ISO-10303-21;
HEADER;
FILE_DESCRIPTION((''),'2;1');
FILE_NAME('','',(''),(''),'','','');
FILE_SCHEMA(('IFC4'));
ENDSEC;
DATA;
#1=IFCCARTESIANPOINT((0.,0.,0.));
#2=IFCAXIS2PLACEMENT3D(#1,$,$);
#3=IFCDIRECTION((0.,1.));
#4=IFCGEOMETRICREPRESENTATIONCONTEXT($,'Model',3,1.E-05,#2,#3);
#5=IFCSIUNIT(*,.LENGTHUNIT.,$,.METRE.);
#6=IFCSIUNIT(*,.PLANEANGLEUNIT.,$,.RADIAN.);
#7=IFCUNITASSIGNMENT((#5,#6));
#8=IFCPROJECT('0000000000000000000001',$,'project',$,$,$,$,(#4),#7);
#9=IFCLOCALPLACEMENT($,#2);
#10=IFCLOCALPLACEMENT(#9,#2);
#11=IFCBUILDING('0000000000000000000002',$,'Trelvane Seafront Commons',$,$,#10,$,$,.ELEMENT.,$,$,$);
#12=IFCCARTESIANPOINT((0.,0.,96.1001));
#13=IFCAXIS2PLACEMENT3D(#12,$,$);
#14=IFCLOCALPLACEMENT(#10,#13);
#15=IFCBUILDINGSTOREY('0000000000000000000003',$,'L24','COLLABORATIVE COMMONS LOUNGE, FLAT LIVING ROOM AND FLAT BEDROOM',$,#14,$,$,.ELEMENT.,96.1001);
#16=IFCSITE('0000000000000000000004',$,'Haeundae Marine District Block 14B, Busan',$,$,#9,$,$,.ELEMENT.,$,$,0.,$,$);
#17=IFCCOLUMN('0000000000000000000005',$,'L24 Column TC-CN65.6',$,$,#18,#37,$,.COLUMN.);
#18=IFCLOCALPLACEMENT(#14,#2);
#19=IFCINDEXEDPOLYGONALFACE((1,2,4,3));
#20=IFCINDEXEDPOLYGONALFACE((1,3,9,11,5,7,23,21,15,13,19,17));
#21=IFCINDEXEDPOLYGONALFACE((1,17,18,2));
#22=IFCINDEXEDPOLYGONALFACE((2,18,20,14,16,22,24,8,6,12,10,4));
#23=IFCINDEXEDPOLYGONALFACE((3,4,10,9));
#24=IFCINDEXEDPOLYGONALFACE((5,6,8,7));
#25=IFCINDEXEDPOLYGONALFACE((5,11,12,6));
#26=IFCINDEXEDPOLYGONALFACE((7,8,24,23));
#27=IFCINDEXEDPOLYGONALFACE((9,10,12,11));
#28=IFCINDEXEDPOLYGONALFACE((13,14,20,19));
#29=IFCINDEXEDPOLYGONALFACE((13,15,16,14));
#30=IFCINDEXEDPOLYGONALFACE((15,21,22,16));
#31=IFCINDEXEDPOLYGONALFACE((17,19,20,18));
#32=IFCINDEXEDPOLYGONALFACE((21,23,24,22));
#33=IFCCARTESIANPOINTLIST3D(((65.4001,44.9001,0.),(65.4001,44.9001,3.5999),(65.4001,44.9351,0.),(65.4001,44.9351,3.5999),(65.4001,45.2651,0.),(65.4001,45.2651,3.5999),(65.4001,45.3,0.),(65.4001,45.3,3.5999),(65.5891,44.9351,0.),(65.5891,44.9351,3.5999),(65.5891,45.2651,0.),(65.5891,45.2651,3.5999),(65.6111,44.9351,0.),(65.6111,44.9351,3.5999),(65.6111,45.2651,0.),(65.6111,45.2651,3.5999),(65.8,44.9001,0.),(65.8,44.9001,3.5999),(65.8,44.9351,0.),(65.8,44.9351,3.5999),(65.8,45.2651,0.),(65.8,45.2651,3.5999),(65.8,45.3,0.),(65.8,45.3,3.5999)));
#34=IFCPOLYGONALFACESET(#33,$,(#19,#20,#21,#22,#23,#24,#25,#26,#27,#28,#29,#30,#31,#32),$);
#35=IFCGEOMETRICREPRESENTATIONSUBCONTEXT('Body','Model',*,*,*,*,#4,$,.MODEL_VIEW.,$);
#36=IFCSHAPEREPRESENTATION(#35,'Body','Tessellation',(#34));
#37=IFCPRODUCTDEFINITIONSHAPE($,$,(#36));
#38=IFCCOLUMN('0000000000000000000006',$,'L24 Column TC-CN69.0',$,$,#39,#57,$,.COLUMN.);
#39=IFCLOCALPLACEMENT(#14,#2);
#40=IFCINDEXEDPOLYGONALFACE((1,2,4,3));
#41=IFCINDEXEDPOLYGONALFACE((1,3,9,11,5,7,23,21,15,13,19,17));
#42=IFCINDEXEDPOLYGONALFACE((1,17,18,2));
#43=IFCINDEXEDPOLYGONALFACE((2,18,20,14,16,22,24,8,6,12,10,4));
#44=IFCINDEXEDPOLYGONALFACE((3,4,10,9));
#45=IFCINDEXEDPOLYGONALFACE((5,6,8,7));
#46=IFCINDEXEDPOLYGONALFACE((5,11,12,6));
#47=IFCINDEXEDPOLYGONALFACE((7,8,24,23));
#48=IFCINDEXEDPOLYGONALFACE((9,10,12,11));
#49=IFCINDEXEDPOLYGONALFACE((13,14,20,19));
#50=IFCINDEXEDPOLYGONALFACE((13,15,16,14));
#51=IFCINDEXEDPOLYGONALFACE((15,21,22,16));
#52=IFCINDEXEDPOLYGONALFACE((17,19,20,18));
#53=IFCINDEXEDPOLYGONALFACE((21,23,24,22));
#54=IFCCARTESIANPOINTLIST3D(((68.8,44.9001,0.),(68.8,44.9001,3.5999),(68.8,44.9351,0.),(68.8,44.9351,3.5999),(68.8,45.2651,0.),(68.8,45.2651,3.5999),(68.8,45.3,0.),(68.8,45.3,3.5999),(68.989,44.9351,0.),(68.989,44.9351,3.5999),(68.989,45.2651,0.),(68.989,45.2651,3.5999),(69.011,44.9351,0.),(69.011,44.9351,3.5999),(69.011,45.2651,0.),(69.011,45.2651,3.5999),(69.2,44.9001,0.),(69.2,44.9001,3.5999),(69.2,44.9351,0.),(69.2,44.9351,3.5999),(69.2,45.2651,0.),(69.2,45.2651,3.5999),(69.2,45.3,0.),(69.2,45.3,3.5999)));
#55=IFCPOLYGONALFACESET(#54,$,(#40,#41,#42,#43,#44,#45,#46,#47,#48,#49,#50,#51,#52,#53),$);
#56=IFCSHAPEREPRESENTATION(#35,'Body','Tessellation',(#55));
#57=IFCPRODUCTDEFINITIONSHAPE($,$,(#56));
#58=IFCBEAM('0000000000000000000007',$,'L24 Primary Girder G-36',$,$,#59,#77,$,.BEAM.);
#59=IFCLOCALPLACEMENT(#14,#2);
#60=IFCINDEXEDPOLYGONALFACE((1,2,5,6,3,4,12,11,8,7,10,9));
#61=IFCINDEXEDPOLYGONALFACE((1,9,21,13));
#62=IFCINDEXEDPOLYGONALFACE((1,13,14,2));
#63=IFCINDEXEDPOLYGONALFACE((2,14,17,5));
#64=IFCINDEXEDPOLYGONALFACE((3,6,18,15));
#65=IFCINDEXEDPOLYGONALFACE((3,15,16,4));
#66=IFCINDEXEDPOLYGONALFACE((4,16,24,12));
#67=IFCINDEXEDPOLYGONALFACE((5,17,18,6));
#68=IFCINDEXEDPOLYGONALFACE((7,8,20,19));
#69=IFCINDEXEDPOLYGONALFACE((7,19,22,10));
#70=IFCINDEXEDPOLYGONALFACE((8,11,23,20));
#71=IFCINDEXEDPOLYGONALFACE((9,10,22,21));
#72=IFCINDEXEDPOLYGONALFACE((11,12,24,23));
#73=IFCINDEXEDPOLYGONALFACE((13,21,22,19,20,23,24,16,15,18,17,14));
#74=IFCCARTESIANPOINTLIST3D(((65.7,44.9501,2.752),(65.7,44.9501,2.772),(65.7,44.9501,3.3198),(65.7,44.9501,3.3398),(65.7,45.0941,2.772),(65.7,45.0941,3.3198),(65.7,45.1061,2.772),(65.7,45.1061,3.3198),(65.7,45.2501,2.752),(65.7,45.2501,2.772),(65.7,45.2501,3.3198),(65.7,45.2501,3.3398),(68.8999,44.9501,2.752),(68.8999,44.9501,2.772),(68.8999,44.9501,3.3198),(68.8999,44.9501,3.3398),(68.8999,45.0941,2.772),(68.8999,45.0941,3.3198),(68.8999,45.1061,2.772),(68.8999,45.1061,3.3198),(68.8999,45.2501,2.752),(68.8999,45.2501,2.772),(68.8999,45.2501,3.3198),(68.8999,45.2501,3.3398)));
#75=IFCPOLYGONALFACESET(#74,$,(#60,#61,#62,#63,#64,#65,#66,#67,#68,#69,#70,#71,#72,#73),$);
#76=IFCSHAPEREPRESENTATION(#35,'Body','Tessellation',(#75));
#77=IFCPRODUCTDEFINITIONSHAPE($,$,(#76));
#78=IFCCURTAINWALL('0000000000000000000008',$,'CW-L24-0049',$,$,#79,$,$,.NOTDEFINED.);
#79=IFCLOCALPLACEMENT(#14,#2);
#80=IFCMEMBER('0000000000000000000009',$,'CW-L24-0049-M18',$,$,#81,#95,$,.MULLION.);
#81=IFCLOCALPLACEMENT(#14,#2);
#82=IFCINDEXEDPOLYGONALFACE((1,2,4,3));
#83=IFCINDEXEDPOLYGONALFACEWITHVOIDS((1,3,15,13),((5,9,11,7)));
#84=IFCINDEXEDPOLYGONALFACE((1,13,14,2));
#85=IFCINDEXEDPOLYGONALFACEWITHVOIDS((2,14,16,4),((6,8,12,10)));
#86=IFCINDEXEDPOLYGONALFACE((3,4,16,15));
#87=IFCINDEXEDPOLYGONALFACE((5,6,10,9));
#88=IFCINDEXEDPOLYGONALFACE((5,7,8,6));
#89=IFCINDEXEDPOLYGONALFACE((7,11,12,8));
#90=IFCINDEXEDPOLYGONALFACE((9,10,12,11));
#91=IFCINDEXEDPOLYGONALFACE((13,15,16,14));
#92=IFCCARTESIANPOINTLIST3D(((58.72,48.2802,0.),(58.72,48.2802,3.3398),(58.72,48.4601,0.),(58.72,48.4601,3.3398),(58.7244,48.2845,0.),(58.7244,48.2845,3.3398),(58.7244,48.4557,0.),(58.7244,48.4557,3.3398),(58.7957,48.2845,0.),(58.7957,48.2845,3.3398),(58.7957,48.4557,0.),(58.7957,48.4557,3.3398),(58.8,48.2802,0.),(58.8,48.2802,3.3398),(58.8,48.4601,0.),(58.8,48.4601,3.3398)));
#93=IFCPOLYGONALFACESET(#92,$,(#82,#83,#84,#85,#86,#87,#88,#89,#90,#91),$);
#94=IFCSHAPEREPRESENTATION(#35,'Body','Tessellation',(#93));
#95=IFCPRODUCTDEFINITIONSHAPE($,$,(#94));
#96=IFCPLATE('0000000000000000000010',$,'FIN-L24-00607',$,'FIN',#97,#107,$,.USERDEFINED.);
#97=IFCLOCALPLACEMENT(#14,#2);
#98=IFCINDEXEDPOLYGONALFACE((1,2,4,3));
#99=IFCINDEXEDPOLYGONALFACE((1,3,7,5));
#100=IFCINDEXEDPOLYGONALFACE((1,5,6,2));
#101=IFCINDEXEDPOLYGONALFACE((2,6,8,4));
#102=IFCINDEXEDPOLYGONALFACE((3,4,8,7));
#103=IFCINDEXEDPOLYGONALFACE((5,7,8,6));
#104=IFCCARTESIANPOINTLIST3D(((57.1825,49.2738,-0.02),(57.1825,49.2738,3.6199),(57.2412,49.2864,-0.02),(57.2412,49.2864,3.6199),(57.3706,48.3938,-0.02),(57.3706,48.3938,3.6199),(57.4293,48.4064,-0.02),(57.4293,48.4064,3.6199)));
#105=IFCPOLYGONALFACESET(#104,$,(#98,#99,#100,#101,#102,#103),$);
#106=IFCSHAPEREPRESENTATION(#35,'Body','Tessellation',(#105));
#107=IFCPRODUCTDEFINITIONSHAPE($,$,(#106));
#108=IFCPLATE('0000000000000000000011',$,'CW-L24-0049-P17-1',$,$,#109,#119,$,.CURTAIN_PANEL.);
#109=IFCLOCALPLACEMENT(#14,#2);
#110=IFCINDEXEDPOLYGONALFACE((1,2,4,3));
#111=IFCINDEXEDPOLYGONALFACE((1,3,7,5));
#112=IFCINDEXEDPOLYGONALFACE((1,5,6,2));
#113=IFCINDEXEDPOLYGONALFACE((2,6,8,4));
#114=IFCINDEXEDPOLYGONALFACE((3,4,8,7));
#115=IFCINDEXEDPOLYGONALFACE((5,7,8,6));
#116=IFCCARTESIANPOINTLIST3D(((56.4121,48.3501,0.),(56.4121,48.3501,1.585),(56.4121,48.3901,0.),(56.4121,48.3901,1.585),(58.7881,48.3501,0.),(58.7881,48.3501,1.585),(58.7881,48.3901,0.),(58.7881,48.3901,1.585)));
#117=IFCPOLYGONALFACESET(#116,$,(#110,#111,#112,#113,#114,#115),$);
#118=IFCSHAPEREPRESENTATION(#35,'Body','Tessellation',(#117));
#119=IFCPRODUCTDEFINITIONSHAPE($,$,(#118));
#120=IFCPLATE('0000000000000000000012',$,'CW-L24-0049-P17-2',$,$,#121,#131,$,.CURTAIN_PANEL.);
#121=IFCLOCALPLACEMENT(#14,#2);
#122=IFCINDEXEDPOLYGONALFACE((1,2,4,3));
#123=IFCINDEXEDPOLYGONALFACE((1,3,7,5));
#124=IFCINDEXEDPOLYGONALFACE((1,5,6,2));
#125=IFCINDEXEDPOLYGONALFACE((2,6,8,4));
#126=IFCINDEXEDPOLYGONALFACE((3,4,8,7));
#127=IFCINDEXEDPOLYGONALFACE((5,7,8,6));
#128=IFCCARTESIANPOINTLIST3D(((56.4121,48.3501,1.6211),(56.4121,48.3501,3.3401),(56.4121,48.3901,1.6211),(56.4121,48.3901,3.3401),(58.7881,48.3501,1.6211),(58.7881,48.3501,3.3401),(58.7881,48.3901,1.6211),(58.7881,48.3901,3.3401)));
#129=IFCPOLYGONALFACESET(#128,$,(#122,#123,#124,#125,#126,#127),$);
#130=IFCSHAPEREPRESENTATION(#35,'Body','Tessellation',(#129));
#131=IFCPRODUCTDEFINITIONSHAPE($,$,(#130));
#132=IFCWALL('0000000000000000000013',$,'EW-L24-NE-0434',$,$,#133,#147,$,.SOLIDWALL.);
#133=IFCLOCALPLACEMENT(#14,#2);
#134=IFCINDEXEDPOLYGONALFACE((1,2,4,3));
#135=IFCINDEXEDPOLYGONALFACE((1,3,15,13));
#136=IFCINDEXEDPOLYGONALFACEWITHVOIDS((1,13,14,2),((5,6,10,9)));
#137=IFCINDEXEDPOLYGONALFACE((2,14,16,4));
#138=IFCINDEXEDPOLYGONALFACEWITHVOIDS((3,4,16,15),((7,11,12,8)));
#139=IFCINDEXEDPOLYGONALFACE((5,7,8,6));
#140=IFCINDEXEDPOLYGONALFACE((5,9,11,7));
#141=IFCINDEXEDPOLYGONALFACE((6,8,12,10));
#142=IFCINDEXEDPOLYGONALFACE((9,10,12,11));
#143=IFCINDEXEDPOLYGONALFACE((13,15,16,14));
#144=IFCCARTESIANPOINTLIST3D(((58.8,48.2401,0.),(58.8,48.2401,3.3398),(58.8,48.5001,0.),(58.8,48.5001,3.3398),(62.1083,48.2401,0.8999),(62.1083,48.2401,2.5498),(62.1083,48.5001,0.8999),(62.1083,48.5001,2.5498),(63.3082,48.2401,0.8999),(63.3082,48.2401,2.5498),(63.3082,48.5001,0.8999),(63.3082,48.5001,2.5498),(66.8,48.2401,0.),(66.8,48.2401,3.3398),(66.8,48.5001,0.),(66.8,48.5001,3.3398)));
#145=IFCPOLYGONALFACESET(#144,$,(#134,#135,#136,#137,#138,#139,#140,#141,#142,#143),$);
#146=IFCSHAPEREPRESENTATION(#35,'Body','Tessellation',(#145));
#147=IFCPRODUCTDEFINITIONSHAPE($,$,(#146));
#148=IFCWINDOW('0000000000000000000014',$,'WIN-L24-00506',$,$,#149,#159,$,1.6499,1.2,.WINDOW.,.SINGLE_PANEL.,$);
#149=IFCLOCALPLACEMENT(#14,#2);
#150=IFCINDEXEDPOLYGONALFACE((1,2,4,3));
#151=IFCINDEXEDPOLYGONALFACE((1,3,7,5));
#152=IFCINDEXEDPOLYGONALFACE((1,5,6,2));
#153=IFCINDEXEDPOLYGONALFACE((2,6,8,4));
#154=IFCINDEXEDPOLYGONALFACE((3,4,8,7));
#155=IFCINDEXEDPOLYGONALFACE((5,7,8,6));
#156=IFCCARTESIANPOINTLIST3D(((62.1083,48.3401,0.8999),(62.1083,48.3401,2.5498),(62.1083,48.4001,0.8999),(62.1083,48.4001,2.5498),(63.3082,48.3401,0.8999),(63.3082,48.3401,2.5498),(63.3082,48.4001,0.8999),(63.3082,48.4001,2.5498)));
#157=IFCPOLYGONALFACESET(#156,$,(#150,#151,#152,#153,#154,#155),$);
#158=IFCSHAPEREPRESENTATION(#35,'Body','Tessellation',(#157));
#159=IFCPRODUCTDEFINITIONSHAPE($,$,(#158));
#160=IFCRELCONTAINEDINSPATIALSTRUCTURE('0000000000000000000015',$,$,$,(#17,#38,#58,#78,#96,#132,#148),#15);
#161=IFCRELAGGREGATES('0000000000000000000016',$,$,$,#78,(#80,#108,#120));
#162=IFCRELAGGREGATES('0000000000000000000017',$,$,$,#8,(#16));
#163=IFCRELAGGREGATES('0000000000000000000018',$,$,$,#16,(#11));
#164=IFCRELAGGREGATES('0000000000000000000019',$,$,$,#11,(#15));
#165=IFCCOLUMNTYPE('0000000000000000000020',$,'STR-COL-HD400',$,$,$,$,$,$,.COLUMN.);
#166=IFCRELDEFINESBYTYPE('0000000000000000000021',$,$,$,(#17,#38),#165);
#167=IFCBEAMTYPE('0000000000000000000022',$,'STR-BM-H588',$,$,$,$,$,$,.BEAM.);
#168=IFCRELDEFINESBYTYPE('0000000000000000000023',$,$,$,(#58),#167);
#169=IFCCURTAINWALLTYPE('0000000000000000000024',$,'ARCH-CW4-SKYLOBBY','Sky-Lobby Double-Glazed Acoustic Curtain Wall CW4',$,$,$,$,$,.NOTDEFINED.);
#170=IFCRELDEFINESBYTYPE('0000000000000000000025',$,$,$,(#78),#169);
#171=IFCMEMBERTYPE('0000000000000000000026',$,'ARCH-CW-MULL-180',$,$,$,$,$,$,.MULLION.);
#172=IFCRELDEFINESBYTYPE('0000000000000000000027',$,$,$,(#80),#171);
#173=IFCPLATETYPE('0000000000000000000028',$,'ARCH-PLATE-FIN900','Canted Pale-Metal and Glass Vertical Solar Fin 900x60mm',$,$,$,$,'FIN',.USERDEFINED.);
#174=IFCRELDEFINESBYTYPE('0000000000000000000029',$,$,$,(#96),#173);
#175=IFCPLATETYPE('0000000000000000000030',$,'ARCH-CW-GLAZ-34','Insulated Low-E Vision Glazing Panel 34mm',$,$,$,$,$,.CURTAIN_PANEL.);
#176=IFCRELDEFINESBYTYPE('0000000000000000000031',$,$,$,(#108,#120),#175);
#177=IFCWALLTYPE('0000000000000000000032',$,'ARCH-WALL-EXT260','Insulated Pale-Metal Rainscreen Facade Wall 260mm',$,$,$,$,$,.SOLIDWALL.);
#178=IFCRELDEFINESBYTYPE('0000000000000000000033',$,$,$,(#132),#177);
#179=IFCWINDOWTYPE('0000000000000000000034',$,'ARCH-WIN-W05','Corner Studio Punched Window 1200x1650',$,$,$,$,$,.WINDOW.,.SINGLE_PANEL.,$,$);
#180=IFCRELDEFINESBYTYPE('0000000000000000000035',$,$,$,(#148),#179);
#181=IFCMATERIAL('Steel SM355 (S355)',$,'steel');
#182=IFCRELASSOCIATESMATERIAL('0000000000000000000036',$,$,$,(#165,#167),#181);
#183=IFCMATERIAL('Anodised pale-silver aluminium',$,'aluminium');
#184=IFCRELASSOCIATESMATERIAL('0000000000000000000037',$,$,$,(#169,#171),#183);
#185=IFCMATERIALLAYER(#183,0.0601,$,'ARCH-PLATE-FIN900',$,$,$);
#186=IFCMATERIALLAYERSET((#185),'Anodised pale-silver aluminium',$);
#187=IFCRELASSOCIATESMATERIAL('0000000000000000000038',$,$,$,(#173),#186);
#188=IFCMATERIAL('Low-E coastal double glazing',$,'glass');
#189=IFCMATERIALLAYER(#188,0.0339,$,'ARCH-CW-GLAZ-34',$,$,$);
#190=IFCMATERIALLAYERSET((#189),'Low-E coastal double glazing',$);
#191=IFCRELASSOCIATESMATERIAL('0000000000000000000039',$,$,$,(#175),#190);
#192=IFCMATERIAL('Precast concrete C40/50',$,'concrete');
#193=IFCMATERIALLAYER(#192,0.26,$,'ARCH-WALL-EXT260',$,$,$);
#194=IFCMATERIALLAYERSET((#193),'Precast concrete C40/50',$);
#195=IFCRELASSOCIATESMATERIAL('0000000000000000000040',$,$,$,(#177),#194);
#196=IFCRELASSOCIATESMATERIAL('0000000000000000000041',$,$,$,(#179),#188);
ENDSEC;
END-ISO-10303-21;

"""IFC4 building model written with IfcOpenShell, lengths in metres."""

from ifc_helpers import new_model, si_unit, direction, frame, frame_2d, origin, origin_2d, place, context, subcontext, project, spatial, rectangle, hollow_rectangle, i_section, extrude, source, transform, mapped, material, layer, layer_set, material_profile, profile_set, type_object, element, fill, aggregate, save


model = new_model("IFC4")

# Units and contexts
model_context = context("Model", 3, precision=1e-05, world=origin(), true_north=direction((0.0, 1.0)))
body_context = subcontext(model_context, "Body", "Model", "MODEL_VIEW")
ifc_project = project(units=[si_unit("LENGTHUNIT", "METRE"), si_unit("PLANEANGLEUNIT", "RADIAN")], contexts=[model_context])

# Site, building, storey
site_placement = place(None, origin())
site = spatial("IfcSite", under=ifc_project, at=site_placement, Name="Haeundae Marine District Block 14B, Busan", CompositionType="ELEMENT", RefElevation=0.0)
building_placement = place(site_placement, origin())
building = spatial("IfcBuilding", under=site, at=building_placement, Name="Trelvane Seafront Commons", CompositionType="ELEMENT")
storey_placement = place(building_placement, frame((0.0, 0.0, 96.1001)))
storey = spatial("IfcBuildingStorey", under=building, at=storey_placement, Name="L24", Description="COLLABORATIVE COMMONS LOUNGE, FLAT LIVING ROOM AND FLAT BEDROOM", CompositionType="ELEMENT", Elevation=96.1001)

# Columns
ifc_material_1 = material(Name="Steel SM355 (S355)", Category="steel")
ifc_material_profile_1 = material_profile(ifc_material_1, i_section(OverallWidth=0.3999, OverallDepth=0.3999, WebThickness=0.022, FlangeThickness=0.0349, at=origin_2d()), Name="HD-400x400x22x35")
ifc_profile_set_1 = profile_set([ifc_material_profile_1], Name="Steel SM355 (S355)")
column_type = type_object("IfcColumnType", Name="STR-COL-HD400", PredefinedType="COLUMN", material=ifc_profile_set_1)
shared_shape_1 = source(origin(), body_context, "Body", "SweptSolid", [
    extrude(i_section(OverallWidth=0.3999, OverallDepth=0.3999, WebThickness=0.022, FlangeThickness=0.0349, at=origin_2d()), origin(), (0.0, 0.0, 1.0), 3.5999),
])
for number, where, z_axis, x_axis, name in (
    (1, (65.6001, 45.1001, 0.0), (0.0, 0.0, 1.0), (1.0, 0.0, 0.0), "L24 Column TC-CN65.6"),
    (2, (69.0, 45.1001, 0.0), (0.0, 0.0, 1.0), (1.0, 0.0, 0.0), "L24 Column TC-CN69.0"),
):
    element("IfcColumn", number, at=place(storey_placement, frame(where, z_axis=z_axis, x_axis=x_axis)), inside=storey, type_object=column_type, Name=name, PredefinedType="COLUMN", context=body_context, shape_type="MappedRepresentation", body=[
        mapped(shared_shape_1, transform((0.0, 0.0, 0.0), x_axis=(1.0, 0.0, 0.0), y_axis=(0.0, 1.0, 0.0), z_axis=(0.0, 0.0, 1.0), scale=1.0)),
    ])

# Beam
ifc_material_profile_2 = material_profile(ifc_material_1, i_section(OverallWidth=0.3, OverallDepth=0.5879, WebThickness=0.012, FlangeThickness=0.02, at=origin_2d()), Name="H-588x300x12x20")
ifc_profile_set_2 = profile_set([ifc_material_profile_2], Name="Steel SM355 (S355)")
beam_type = type_object("IfcBeamType", Name="STR-BM-H588", PredefinedType="BEAM", material=ifc_profile_set_2)
shared_shape_2 = source(origin(), body_context, "Body", "SweptSolid", [
    extrude(i_section(OverallWidth=0.3, OverallDepth=0.5879, WebThickness=0.012, FlangeThickness=0.02, at=origin_2d()), origin(), (0.0, 0.0, 1.0), 3.2),
])
beam_placement = place(storey_placement, frame((65.7, 45.1001, 3.0459), z_axis=(1.0, 0.0, 0.0), x_axis=(0.0, 1.0, 0.0)))
element("IfcBeam", 3, at=beam_placement, inside=storey, type_object=beam_type, Name="L24 Primary Girder G-36", PredefinedType="BEAM", context=body_context, shape_type="MappedRepresentation", body=[
    mapped(shared_shape_2, transform((0.0, 0.0, 0.0), x_axis=(1.0, 0.0, 0.0), y_axis=(0.0, 1.0, 0.0), z_axis=(0.0, 0.0, 1.0), scale=1.0)),
])

# Curtain wall, member
ifc_material_2 = material(Name="Anodised pale-silver aluminium", Category="aluminium")
curtain_wall_type = type_object("IfcCurtainWallType", Name="ARCH-CW4-SKYLOBBY", Description="Sky-Lobby Double-Glazed Acoustic Curtain Wall CW4", PredefinedType="NOTDEFINED", material=ifc_material_2)
curtain_wall_placement = place(storey_placement, origin())
curtain_wall = element("IfcCurtainWall", 4, at=curtain_wall_placement, inside=storey, type_object=curtain_wall_type, Name="CW-L24-0049", PredefinedType="NOTDEFINED")
ifc_material_profile_3 = material_profile(ifc_material_2, hollow_rectangle(XDim=0.0801, YDim=0.1799, WallThickness=0.0044, at=origin_2d()), Name="MULL-80x180x4.5")
ifc_profile_set_3 = profile_set([ifc_material_profile_3], Name="Anodised pale-silver aluminium")
member_type = type_object("IfcMemberType", Name="ARCH-CW-MULL-180", PredefinedType="MULLION", material=ifc_profile_set_3)
shared_shape_3 = source(origin(), body_context, "Body", "SweptSolid", [
    extrude(hollow_rectangle(XDim=0.0801, YDim=0.1799, WallThickness=0.0044, at=origin_2d()), origin(), (0.0, 0.0, 1.0), 3.3398),
])
member_placement = place(storey_placement, frame((58.76, 48.3701, 0.0), z_axis=(0.0, 0.0, 1.0), x_axis=(1.0, 0.0, 0.0)))
member = element("IfcMember", 5, at=member_placement, type_object=member_type, Name="CW-L24-0049-M18", PredefinedType="MULLION", context=body_context, shape_type="MappedRepresentation", body=[
    mapped(shared_shape_3, transform((0.0, 0.0, 0.0), x_axis=(1.0, 0.0, 0.0), y_axis=(0.0, 1.0, 0.0), z_axis=(0.0, 0.0, 1.0), scale=1.0)),
])

# Plates
ifc_layer_1 = layer(ifc_material_2, 0.0601, Name="ARCH-PLATE-FIN900")
ifc_layer_set_1 = layer_set([ifc_layer_1], Name="Anodised pale-silver aluminium")
plate_type_1 = type_object("IfcPlateType", Name="ARCH-PLATE-FIN900", Description="Canted Pale-Metal and Glass Vertical Solar Fin 900x60mm", ElementType="FIN", PredefinedType="USERDEFINED", material=ifc_layer_set_1)
shared_shape_4 = source(origin(), body_context, "Body", "SweptSolid", [
    extrude(rectangle(XDim=0.8999, YDim=0.0601, at=origin_2d()), origin(), (0.0, 0.0, 1.0), 3.6399),
])
plate_1_placement = place(storey_placement, frame((57.3059, 48.8401, -0.02), z_axis=(0.0, 0.0, 1.0), x_axis=(-0.209006, 0.977914, 0.0)))
element("IfcPlate", 6, at=plate_1_placement, inside=storey, type_object=plate_type_1, Name="FIN-L24-00607", ObjectType="FIN", PredefinedType="USERDEFINED", context=body_context, shape_type="MappedRepresentation", body=[
    mapped(shared_shape_4, transform((0.0, 0.0, 0.0), x_axis=(1.0, 0.0, 0.0), y_axis=(0.0, 1.0, 0.0), z_axis=(0.0, 0.0, 1.0), scale=1.0)),
])
ifc_material_3 = material(Name="Low-E coastal double glazing", Category="glass")
ifc_layer_2 = layer(ifc_material_3, 0.0339, Name="ARCH-CW-GLAZ-34")
ifc_layer_set_2 = layer_set([ifc_layer_2], Name="Low-E coastal double glazing")
plate_type_2 = type_object("IfcPlateType", Name="ARCH-CW-GLAZ-34", Description="Insulated Low-E Vision Glazing Panel 34mm", PredefinedType="CURTAIN_PANEL", material=ifc_layer_set_2)
shared_shape_5 = source(origin(), body_context, "Body", "SweptSolid", [
    extrude(rectangle(XDim=2.376, YDim=0.04, at=origin_2d()), origin(), (0.0, 0.0, 1.0), 1.585),
])
plate_2_placement = place(storey_placement, frame((57.6001, 48.3701, 0.0), z_axis=(0.0, 0.0, 1.0), x_axis=(1.0, 0.0, 0.0)))
plate_2 = element("IfcPlate", 7, at=plate_2_placement, type_object=plate_type_2, Name="CW-L24-0049-P17-1", PredefinedType="CURTAIN_PANEL", context=body_context, shape_type="MappedRepresentation", body=[
    mapped(shared_shape_5, transform((0.0, 0.0, 0.0), x_axis=(1.0, 0.0, 0.0), y_axis=(0.0, 1.0, 0.0), z_axis=(0.0, 0.0, 1.0), scale=1.0)),
])
shared_shape_6 = source(origin(), body_context, "Body", "SweptSolid", [
    extrude(rectangle(XDim=2.376, YDim=0.04, at=origin_2d()), origin(), (0.0, 0.0, 1.0), 1.719),
])
plate_3_placement = place(storey_placement, frame((57.6001, 48.3701, 1.6211), z_axis=(0.0, 0.0, 1.0), x_axis=(1.0, 0.0, 0.0)))
plate_3 = element("IfcPlate", 8, at=plate_3_placement, type_object=plate_type_2, Name="CW-L24-0049-P17-2", PredefinedType="CURTAIN_PANEL", context=body_context, shape_type="MappedRepresentation", body=[
    mapped(shared_shape_6, transform((0.0, 0.0, 0.0), x_axis=(1.0, 0.0, 0.0), y_axis=(0.0, 1.0, 0.0), z_axis=(0.0, 0.0, 1.0), scale=1.0)),
])
aggregate(curtain_wall, [member, plate_2, plate_3])

# Wall, opening, window
ifc_material_4 = material(Name="Precast concrete C40/50", Category="concrete")
ifc_layer_3 = layer(ifc_material_4, 0.26, Name="ARCH-WALL-EXT260")
ifc_layer_set_3 = layer_set([ifc_layer_3], Name="Precast concrete C40/50")
wall_type = type_object("IfcWallType", Name="ARCH-WALL-EXT260", Description="Insulated Pale-Metal Rainscreen Facade Wall 260mm", PredefinedType="SOLIDWALL", material=ifc_layer_set_3)
wall_1_placement = place(storey_placement, frame((58.8, 48.3701, 0.0), z_axis=(0.0, 0.0, 1.0), x_axis=(1.0, 0.0, 0.0)))
wall_1 = element("IfcWall", 9, at=wall_1_placement, inside=storey, type_object=wall_type, Name="EW-L24-NE-0434", PredefinedType="SOLIDWALL", context=body_context, shape_type="SweptSolid", body=[
    extrude(rectangle(XDim=8.0, YDim=0.26, at=frame_2d((4.0, 0.0))), origin(), (0.0, 0.0, 1.0), 3.3398),
])
opening_1_placement = place(wall_1_placement, frame((3.3081, 0.0, 0.8999)))
opening_1 = element("IfcOpeningElement", 10, at=opening_1_placement, cuts=wall_1, PredefinedType="OPENING", context=body_context, shape_type="SweptSolid", body=[
    extrude(rectangle(XDim=1.2, YDim=1.6499, at=frame_2d((0.6001, 0.825))), frame((0.0, 0.1399, 0.0), z_axis=(0.0, -1.0, 0.0), x_axis=(1.0, 0.0, 0.0)), (0.0, 0.0, 1.0), 0.28),
])
window_type_1 = type_object("IfcWindowType", Name="ARCH-WIN-W05", Description="Corner Studio Punched Window 1200x1650", PartitioningType="SINGLE_PANEL", PredefinedType="WINDOW", material=ifc_material_3)
shared_shape_7 = source(origin(), body_context, "Body", "SweptSolid", [
    extrude(rectangle(XDim=1.2, YDim=1.6499, at=frame_2d((0.6001, 0.825))), frame((0.0, 0.03, 0.0), z_axis=(0.0, -1.0, 0.0), x_axis=(1.0, 0.0, 0.0)), (0.0, 0.0, 1.0), 0.0601),
])
window_1_placement = place(opening_1_placement, origin())
window_1 = element("IfcWindow", 11, at=window_1_placement, inside=storey, type_object=window_type_1, Name="WIN-L24-00506", OverallHeight=1.6499, OverallWidth=1.2, PartitioningType="SINGLE_PANEL", PredefinedType="WINDOW", context=body_context, shape_type="MappedRepresentation", body=[
    mapped(shared_shape_7, transform((0.0, 0.0, 0.0), x_axis=(1.0, 0.0, 0.0), y_axis=(0.0, 1.0, 0.0), z_axis=(0.0, 0.0, 1.0), scale=1.0)),
])
fill(opening_1, window_1)

save(model, "model.ifc")
